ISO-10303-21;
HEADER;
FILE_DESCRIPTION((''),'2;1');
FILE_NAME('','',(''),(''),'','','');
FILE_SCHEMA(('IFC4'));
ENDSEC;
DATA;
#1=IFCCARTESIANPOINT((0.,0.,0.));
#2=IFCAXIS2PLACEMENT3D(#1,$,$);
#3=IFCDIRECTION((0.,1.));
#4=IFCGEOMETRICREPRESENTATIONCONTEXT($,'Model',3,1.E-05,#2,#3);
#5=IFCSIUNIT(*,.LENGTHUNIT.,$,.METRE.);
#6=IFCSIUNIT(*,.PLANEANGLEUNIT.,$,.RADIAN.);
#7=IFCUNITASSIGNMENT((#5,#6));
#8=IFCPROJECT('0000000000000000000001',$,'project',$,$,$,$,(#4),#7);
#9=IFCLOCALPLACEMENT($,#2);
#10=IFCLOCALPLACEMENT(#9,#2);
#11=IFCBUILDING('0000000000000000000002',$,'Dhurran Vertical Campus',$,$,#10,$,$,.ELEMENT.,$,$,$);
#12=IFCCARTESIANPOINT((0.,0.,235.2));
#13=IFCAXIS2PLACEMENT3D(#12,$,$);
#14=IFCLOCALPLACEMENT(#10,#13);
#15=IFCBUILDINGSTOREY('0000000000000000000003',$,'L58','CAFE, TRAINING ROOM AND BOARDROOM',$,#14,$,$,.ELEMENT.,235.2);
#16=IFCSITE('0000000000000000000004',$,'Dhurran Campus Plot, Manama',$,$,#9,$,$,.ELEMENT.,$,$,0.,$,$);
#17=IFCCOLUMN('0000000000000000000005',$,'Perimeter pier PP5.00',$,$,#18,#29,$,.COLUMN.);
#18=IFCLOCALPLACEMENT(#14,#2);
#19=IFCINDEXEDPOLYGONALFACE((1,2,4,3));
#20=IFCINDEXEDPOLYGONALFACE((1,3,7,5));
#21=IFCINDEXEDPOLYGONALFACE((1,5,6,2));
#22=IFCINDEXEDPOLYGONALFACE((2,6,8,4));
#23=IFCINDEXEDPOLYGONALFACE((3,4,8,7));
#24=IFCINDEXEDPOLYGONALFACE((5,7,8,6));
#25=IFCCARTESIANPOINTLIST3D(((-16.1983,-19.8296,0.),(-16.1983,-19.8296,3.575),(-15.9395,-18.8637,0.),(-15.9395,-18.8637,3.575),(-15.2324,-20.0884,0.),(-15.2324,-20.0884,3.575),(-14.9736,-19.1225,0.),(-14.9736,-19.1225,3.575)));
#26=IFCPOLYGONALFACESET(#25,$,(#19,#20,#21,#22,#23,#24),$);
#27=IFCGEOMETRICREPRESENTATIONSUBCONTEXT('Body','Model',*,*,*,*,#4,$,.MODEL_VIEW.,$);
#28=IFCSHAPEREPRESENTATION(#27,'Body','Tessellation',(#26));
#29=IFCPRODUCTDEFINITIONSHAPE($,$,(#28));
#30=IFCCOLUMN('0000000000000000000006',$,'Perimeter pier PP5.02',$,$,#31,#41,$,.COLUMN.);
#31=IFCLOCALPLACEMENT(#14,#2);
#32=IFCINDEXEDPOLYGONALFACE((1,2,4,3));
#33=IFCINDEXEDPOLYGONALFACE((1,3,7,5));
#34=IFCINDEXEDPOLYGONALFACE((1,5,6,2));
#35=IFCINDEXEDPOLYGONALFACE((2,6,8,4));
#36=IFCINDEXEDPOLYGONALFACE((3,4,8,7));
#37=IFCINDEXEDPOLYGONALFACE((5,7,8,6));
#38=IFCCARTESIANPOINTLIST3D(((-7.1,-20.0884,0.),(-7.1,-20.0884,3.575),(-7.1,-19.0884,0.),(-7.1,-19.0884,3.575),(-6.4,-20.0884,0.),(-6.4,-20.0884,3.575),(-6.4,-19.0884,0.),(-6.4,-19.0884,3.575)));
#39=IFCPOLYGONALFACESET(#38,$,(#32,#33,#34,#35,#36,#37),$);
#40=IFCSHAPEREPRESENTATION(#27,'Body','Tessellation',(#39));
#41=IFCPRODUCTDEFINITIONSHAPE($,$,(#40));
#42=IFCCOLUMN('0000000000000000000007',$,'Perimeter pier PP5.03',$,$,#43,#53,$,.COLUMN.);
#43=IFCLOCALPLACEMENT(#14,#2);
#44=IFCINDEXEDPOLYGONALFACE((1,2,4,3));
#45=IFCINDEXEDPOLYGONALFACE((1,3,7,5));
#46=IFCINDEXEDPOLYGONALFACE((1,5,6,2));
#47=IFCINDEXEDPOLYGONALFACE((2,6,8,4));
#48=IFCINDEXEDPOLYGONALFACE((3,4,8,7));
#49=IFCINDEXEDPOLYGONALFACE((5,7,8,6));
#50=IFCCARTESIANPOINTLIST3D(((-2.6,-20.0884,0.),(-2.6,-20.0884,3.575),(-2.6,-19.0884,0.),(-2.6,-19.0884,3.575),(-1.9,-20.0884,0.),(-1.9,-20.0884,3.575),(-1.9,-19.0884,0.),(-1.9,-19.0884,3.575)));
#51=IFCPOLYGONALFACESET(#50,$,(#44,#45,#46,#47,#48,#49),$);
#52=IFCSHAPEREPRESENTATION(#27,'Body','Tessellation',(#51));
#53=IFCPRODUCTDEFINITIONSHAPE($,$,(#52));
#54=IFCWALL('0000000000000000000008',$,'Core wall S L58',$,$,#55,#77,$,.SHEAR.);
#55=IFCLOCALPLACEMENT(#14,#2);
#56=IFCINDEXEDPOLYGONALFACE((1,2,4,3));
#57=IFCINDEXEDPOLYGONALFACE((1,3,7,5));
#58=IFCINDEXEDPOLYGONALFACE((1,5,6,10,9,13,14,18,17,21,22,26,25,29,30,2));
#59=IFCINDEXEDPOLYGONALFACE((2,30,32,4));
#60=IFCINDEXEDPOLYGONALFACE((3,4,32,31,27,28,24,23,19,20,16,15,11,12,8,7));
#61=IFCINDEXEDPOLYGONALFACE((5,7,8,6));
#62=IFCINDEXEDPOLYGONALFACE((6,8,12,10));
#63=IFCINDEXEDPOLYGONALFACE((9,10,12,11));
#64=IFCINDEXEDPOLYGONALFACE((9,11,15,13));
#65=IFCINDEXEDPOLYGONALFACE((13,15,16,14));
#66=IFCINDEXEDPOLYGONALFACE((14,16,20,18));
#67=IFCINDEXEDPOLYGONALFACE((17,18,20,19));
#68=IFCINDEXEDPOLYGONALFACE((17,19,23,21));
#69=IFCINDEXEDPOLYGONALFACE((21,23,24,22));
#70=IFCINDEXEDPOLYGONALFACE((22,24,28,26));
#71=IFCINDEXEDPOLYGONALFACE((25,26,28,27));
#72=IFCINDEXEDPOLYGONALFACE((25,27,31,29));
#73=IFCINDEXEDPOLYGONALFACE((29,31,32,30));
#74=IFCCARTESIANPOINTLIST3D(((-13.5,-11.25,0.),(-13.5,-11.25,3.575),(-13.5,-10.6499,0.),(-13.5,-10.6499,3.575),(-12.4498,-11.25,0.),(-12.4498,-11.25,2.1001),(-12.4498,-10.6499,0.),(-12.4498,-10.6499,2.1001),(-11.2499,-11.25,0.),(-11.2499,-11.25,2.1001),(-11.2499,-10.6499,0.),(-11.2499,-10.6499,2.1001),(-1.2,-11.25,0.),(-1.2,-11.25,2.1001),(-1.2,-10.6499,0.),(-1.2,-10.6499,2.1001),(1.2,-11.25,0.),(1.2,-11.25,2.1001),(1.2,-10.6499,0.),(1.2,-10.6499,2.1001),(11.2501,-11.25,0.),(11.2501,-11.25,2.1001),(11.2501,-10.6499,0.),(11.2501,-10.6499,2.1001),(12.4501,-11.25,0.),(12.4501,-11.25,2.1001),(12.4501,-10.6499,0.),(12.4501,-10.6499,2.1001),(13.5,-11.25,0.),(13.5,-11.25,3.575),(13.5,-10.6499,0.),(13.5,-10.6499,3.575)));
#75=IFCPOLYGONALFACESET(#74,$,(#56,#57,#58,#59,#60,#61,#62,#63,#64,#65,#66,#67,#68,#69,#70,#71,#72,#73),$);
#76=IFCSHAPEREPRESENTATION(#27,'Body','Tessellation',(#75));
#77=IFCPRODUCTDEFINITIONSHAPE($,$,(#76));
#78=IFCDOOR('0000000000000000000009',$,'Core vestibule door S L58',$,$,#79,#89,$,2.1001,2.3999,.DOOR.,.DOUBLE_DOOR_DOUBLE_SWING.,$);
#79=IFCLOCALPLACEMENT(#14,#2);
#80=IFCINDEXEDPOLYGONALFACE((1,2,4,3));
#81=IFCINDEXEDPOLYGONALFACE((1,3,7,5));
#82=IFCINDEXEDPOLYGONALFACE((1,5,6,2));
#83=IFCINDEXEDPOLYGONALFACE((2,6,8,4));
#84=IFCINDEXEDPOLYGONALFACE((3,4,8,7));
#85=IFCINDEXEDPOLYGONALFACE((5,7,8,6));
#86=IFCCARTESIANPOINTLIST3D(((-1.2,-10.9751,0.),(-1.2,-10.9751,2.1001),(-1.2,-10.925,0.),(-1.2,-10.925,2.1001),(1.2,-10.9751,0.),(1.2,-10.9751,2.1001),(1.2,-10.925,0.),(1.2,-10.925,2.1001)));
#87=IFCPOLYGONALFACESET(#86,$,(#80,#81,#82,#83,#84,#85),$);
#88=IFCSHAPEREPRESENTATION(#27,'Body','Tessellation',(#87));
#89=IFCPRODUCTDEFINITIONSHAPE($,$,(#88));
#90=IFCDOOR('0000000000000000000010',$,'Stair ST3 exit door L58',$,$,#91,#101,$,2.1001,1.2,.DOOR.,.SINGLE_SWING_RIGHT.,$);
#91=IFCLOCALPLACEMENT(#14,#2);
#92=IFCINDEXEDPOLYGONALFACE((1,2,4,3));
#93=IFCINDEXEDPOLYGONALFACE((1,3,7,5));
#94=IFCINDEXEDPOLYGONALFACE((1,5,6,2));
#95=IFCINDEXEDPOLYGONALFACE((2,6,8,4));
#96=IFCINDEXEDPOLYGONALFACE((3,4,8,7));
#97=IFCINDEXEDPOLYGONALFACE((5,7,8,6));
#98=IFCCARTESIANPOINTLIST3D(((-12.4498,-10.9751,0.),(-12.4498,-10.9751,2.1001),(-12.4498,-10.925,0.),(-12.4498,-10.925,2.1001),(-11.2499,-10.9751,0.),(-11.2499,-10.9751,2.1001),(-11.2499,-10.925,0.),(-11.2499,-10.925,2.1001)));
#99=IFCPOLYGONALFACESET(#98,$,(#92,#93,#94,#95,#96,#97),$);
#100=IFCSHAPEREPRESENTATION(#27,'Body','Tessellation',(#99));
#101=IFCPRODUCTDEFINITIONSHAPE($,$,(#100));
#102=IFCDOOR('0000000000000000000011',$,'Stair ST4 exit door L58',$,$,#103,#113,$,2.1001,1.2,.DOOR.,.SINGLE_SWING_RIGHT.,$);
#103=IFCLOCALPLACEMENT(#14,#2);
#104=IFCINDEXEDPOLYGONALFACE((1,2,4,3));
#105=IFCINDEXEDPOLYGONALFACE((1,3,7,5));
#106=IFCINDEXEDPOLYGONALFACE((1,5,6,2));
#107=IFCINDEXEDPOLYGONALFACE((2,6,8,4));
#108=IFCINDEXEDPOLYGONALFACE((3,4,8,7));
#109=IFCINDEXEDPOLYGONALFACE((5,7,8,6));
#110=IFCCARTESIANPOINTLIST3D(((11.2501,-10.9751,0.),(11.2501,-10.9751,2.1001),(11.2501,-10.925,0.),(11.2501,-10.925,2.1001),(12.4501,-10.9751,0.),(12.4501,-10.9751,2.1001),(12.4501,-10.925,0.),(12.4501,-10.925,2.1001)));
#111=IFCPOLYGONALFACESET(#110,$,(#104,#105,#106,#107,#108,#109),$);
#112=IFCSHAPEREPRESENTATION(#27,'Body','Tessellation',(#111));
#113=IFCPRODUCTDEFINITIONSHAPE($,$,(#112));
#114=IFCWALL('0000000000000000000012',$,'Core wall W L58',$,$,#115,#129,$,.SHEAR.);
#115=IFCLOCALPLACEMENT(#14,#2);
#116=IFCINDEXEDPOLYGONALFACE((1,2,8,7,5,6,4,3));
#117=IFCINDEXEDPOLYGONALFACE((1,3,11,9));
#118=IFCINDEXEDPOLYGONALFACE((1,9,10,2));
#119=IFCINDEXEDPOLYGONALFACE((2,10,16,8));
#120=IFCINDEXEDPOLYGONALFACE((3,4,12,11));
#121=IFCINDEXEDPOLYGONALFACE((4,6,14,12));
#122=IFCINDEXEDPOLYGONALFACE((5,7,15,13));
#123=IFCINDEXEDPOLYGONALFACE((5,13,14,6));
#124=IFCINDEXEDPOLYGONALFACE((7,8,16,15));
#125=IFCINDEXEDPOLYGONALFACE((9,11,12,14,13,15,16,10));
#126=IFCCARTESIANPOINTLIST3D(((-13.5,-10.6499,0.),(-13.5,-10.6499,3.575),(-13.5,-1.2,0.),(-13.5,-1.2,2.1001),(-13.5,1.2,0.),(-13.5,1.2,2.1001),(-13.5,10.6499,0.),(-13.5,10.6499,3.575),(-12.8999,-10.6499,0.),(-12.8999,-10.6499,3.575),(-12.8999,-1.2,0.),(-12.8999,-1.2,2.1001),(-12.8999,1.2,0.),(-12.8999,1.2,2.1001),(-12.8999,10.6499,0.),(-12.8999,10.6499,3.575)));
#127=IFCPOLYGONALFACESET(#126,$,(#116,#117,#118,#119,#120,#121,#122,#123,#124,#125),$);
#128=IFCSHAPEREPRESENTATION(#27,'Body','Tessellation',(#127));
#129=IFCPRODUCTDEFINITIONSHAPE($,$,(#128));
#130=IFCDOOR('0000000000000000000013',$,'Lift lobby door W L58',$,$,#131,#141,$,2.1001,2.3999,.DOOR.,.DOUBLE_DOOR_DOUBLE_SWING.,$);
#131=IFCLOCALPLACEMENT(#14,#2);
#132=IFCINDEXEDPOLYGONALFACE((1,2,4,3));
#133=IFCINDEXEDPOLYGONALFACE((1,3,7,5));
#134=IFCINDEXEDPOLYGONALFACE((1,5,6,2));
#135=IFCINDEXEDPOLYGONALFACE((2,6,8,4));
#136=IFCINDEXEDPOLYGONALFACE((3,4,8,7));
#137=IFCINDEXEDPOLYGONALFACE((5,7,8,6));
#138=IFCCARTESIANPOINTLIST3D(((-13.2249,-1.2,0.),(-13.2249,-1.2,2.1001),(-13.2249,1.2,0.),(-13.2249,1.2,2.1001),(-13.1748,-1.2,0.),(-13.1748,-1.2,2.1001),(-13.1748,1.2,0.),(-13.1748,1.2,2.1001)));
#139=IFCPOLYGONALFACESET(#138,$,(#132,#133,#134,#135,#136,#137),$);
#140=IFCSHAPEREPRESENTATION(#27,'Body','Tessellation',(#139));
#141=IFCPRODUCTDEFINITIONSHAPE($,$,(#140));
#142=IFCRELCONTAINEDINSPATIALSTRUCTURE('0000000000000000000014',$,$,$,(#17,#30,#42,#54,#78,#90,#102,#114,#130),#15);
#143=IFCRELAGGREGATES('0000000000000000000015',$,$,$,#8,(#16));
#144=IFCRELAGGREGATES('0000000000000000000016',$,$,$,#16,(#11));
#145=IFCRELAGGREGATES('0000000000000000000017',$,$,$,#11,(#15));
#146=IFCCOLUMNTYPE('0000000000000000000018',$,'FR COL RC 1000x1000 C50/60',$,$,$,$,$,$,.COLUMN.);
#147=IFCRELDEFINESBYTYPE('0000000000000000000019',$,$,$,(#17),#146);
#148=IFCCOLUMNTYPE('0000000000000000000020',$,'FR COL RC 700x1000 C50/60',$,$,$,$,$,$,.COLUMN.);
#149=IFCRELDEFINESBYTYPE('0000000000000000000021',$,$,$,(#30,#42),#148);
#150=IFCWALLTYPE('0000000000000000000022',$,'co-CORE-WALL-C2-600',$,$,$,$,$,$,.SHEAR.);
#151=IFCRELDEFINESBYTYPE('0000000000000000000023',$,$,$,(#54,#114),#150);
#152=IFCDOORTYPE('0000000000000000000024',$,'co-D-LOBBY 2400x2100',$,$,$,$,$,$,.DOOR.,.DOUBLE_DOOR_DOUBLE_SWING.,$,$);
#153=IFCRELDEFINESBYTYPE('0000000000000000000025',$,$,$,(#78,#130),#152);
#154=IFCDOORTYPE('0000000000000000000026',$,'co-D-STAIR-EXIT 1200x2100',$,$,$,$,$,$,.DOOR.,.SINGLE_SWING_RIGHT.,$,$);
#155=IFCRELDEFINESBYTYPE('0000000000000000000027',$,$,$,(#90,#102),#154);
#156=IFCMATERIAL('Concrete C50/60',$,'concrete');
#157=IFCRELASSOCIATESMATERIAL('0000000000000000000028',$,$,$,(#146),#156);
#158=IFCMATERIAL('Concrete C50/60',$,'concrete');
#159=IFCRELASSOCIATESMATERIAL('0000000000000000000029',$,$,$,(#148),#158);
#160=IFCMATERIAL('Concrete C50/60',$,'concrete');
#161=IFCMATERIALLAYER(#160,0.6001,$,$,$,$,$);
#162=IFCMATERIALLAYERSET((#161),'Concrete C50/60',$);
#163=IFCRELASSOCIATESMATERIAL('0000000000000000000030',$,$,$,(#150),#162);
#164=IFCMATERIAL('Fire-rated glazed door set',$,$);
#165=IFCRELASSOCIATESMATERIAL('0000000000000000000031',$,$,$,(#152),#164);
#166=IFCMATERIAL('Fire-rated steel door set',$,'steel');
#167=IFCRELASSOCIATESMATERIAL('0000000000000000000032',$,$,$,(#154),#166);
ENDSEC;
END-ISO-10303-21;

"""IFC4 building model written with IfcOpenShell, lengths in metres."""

from ifc_helpers import new_model, si_unit, direction, frame, frame_2d, origin, origin_2d, place, context, subcontext, project, spatial, rectangle, extrude, material, layer, layer_set, material_profile, profile_set, type_object, element, fill, save


model = new_model("IFC4")

# Units and contexts
model_context = context("Model", 3, precision=1e-05, world=origin(), true_north=direction((0.0, 1.0)))
body_context = subcontext(model_context, "Body", "Model", "MODEL_VIEW")
ifc_project = project(units=[si_unit("LENGTHUNIT", "METRE"), si_unit("PLANEANGLEUNIT", "RADIAN")], contexts=[model_context])

# Site, building, storey
site_placement = place(None, origin())
site = spatial("IfcSite", under=ifc_project, at=site_placement, Name="Dhurran Campus Plot, Manama", CompositionType="ELEMENT", RefElevation=0.0)
building_placement = place(site_placement, origin())
building = spatial("IfcBuilding", under=site, at=building_placement, Name="Dhurran Vertical Campus", CompositionType="ELEMENT")
storey_placement = place(building_placement, frame((0.0, 0.0, 235.2)))
storey = spatial("IfcBuildingStorey", under=building, at=storey_placement, Name="L58", Description="CAFE, TRAINING ROOM AND BOARDROOM", CompositionType="ELEMENT", Elevation=235.2)

# Columns
ifc_material_1 = material(Name="Concrete C50/60", Category="concrete")
ifc_material_profile_1 = material_profile(ifc_material_1, rectangle(XDim=1.0, YDim=1.0, at=origin_2d()), Name="RC 1000x1000")
ifc_profile_set_1 = profile_set([ifc_material_profile_1], Name="Concrete C50/60")
column_type_1 = type_object("IfcColumnType", Name="FR COL RC 1000x1000 C50/60", PredefinedType="COLUMN", material=ifc_profile_set_1)
column_placement = place(storey_placement, frame((-15.5859, -19.4761, 0.0), z_axis=(0.0, 0.0, 1.0), x_axis=(0.965926, -0.258819, 0.0)))
element("IfcColumn", 1, at=column_placement, inside=storey, type_object=column_type_1, Name="Perimeter pier PP5.00", PredefinedType="COLUMN", context=body_context, shape_type="SweptSolid", body=[
    extrude(rectangle(XDim=1.0, YDim=1.0, at=origin_2d()), origin(), (0.0, 0.0, 1.0), 3.575),
])
ifc_material_2 = material(Name="Concrete C50/60", Category="concrete")
ifc_material_profile_2 = material_profile(ifc_material_2, rectangle(XDim=0.7, YDim=1.0, at=origin_2d()), Name="RC 700x1000")
ifc_profile_set_2 = profile_set([ifc_material_profile_2], Name="Concrete C50/60")
column_type_2 = type_object("IfcColumnType", Name="FR COL RC 700x1000 C50/60", PredefinedType="COLUMN", material=ifc_profile_set_2)
for number, where, z_axis, x_axis, name in (
    (2, (-6.75, -19.5884, 0.0), (0.0, 0.0, 1.0), (1.0, 0.0, 0.0), "Perimeter pier PP5.02"),
    (3, (-2.25, -19.5884, 0.0), (0.0, 0.0, 1.0), (1.0, 0.0, 0.0), "Perimeter pier PP5.03"),
):
    element("IfcColumn", number, at=place(storey_placement, frame(where, z_axis=z_axis, x_axis=x_axis)), inside=storey, type_object=column_type_2, Name=name, PredefinedType="COLUMN", context=body_context, shape_type="SweptSolid", body=[
        extrude(rectangle(XDim=0.7, YDim=1.0, at=origin_2d()), origin(), (0.0, 0.0, 1.0), 3.575),
    ])

# Wall, openings, doors
ifc_material_3 = material(Name="Concrete C50/60", Category="concrete")
ifc_layer_1 = layer(ifc_material_3, 0.6001)
ifc_layer_set_1 = layer_set([ifc_layer_1], Name="Concrete C50/60")
wall_type_1 = type_object("IfcWallType", Name="co-CORE-WALL-C2-600", PredefinedType="SHEAR", material=ifc_layer_set_1)
wall_1_placement = place(storey_placement, frame((-13.5, -10.95, 0.0), z_axis=(0.0, 0.0, 1.0), x_axis=(1.0, 0.0, 0.0)))
wall_1 = element("IfcWall", 4, at=wall_1_placement, inside=storey, type_object=wall_type_1, Name="Core wall S L58", PredefinedType="SHEAR", context=body_context, shape_type="SweptSolid", body=[
    extrude(rectangle(XDim=27.0, YDim=0.6001, at=frame_2d((13.5, 0.0))), origin(), (0.0, 0.0, 1.0), 3.575),
])
opening_1_placement = place(wall_1_placement, frame((12.3, 0.0, 0.0)))
opening_1 = element("IfcOpeningElement", 5, at=opening_1_placement, cuts=wall_1, PredefinedType="OPENING", context=body_context, shape_type="SweptSolid", body=[
    extrude(rectangle(XDim=2.3999, YDim=2.1001, at=frame_2d((1.2, 1.05))), frame((0.0, 0.3101, 0.0), z_axis=(0.0, -1.0, 0.0), x_axis=(1.0, 0.0, 0.0)), (0.0, 0.0, 1.0), 0.6201),
])
opening_2_placement = place(wall_1_placement, frame((1.05, 0.0, 0.0)))
opening_2 = element("IfcOpeningElement", 6, at=opening_2_placement, cuts=wall_1, PredefinedType="OPENING", context=body_context, shape_type="SweptSolid", body=[
    extrude(rectangle(XDim=1.2, YDim=2.1001, at=frame_2d((0.6001, 1.05))), frame((0.0, 0.3101, 0.0), z_axis=(0.0, -1.0, 0.0), x_axis=(1.0, 0.0, 0.0)), (0.0, 0.0, 1.0), 0.6201),
])
opening_3_placement = place(wall_1_placement, frame((24.75, 0.0, 0.0)))
opening_3 = element("IfcOpeningElement", 7, at=opening_3_placement, cuts=wall_1, PredefinedType="OPENING", context=body_context, shape_type="SweptSolid", body=[
    extrude(rectangle(XDim=1.2, YDim=2.1001, at=frame_2d((0.6001, 1.05))), frame((0.0, 0.3101, 0.0), z_axis=(0.0, -1.0, 0.0), x_axis=(1.0, 0.0, 0.0)), (0.0, 0.0, 1.0), 0.6201),
])
ifc_material_4 = material(Name="Fire-rated glazed door set")
door_type_1 = type_object("IfcDoorType", Name="co-D-LOBBY 2400x2100", OperationType="DOUBLE_DOOR_DOUBLE_SWING", PredefinedType="DOOR", material=ifc_material_4)
door_1_placement = place(opening_1_placement, origin())
door_1 = element("IfcDoor", 8, at=door_1_placement, inside=storey, type_object=door_type_1, Name="Core vestibule door S L58", OperationType="DOUBLE_DOOR_DOUBLE_SWING", OverallHeight=2.1001, OverallWidth=2.3999, PredefinedType="DOOR", context=body_context, shape_type="SweptSolid", body=[
    extrude(rectangle(XDim=2.3999, YDim=2.1001, at=frame_2d((1.2, 1.05))), frame((0.0, 0.0249, 0.0), z_axis=(0.0, -1.0, 0.0), x_axis=(1.0, 0.0, 0.0)), (0.0, 0.0, 1.0), 0.05),
])
fill(opening_1, door_1)
ifc_material_5 = material(Name="Fire-rated steel door set", Category="steel")
door_type_2 = type_object("IfcDoorType", Name="co-D-STAIR-EXIT 1200x2100", OperationType="SINGLE_SWING_RIGHT", PredefinedType="DOOR", material=ifc_material_5)
door_2_placement = place(opening_2_placement, origin())
door_2 = element("IfcDoor", 9, at=door_2_placement, inside=storey, type_object=door_type_2, Name="Stair ST3 exit door L58", OperationType="SINGLE_SWING_RIGHT", OverallHeight=2.1001, OverallWidth=1.2, PredefinedType="DOOR", context=body_context, shape_type="SweptSolid", body=[
    extrude(rectangle(XDim=1.2, YDim=2.1001, at=frame_2d((0.6001, 1.05))), frame((0.0, 0.0249, 0.0), z_axis=(0.0, -1.0, 0.0), x_axis=(1.0, 0.0, 0.0)), (0.0, 0.0, 1.0), 0.05),
])
fill(opening_2, door_2)
door_3_placement = place(opening_3_placement, origin())
door_3 = element("IfcDoor", 10, at=door_3_placement, inside=storey, type_object=door_type_2, Name="Stair ST4 exit door L58", OperationType="SINGLE_SWING_RIGHT", OverallHeight=2.1001, OverallWidth=1.2, PredefinedType="DOOR", context=body_context, shape_type="SweptSolid", body=[
    extrude(rectangle(XDim=1.2, YDim=2.1001, at=frame_2d((0.6001, 1.05))), frame((0.0, 0.0249, 0.0), z_axis=(0.0, -1.0, 0.0), x_axis=(1.0, 0.0, 0.0)), (0.0, 0.0, 1.0), 0.05),
])
fill(opening_3, door_3)

# Wall, opening, door
wall_2_placement = place(storey_placement, frame((-13.2, -10.6499, 0.0), z_axis=(0.0, 0.0, 1.0), x_axis=(0.0, 1.0, 0.0)))
wall_2 = element("IfcWall", 11, at=wall_2_placement, inside=storey, type_object=wall_type_1, Name="Core wall W L58", PredefinedType="SHEAR", context=body_context, shape_type="SweptSolid", body=[
    extrude(rectangle(XDim=21.2998, YDim=0.6001, at=frame_2d((10.6499, 0.0))), origin(), (0.0, 0.0, 1.0), 3.575),
])
opening_4_placement = place(wall_2_placement, frame((9.45, 0.0, 0.0)))
opening_4 = element("IfcOpeningElement", 12, at=opening_4_placement, cuts=wall_2, PredefinedType="OPENING", context=body_context, shape_type="SweptSolid", body=[
    extrude(rectangle(XDim=2.3999, YDim=2.1001, at=frame_2d((1.2, 1.05))), frame((0.0, 0.3101, 0.0), z_axis=(0.0, -1.0, 0.0), x_axis=(1.0, 0.0, 0.0)), (0.0, 0.0, 1.0), 0.6201),
])
door_4_placement = place(opening_4_placement, origin())
door_4 = element("IfcDoor", 13, at=door_4_placement, inside=storey, type_object=door_type_1, Name="Lift lobby door W L58", OperationType="DOUBLE_DOOR_DOUBLE_SWING", OverallHeight=2.1001, OverallWidth=2.3999, PredefinedType="DOOR", context=body_context, shape_type="SweptSolid", body=[
    extrude(rectangle(XDim=2.3999, YDim=2.1001, at=frame_2d((1.2, 1.05))), frame((0.0, 0.0249, 0.0), z_axis=(0.0, -1.0, 0.0), x_axis=(1.0, 0.0, 0.0)), (0.0, 0.0, 1.0), 0.05),
])
fill(opening_4, door_4)

save(model, "model.ifc")
